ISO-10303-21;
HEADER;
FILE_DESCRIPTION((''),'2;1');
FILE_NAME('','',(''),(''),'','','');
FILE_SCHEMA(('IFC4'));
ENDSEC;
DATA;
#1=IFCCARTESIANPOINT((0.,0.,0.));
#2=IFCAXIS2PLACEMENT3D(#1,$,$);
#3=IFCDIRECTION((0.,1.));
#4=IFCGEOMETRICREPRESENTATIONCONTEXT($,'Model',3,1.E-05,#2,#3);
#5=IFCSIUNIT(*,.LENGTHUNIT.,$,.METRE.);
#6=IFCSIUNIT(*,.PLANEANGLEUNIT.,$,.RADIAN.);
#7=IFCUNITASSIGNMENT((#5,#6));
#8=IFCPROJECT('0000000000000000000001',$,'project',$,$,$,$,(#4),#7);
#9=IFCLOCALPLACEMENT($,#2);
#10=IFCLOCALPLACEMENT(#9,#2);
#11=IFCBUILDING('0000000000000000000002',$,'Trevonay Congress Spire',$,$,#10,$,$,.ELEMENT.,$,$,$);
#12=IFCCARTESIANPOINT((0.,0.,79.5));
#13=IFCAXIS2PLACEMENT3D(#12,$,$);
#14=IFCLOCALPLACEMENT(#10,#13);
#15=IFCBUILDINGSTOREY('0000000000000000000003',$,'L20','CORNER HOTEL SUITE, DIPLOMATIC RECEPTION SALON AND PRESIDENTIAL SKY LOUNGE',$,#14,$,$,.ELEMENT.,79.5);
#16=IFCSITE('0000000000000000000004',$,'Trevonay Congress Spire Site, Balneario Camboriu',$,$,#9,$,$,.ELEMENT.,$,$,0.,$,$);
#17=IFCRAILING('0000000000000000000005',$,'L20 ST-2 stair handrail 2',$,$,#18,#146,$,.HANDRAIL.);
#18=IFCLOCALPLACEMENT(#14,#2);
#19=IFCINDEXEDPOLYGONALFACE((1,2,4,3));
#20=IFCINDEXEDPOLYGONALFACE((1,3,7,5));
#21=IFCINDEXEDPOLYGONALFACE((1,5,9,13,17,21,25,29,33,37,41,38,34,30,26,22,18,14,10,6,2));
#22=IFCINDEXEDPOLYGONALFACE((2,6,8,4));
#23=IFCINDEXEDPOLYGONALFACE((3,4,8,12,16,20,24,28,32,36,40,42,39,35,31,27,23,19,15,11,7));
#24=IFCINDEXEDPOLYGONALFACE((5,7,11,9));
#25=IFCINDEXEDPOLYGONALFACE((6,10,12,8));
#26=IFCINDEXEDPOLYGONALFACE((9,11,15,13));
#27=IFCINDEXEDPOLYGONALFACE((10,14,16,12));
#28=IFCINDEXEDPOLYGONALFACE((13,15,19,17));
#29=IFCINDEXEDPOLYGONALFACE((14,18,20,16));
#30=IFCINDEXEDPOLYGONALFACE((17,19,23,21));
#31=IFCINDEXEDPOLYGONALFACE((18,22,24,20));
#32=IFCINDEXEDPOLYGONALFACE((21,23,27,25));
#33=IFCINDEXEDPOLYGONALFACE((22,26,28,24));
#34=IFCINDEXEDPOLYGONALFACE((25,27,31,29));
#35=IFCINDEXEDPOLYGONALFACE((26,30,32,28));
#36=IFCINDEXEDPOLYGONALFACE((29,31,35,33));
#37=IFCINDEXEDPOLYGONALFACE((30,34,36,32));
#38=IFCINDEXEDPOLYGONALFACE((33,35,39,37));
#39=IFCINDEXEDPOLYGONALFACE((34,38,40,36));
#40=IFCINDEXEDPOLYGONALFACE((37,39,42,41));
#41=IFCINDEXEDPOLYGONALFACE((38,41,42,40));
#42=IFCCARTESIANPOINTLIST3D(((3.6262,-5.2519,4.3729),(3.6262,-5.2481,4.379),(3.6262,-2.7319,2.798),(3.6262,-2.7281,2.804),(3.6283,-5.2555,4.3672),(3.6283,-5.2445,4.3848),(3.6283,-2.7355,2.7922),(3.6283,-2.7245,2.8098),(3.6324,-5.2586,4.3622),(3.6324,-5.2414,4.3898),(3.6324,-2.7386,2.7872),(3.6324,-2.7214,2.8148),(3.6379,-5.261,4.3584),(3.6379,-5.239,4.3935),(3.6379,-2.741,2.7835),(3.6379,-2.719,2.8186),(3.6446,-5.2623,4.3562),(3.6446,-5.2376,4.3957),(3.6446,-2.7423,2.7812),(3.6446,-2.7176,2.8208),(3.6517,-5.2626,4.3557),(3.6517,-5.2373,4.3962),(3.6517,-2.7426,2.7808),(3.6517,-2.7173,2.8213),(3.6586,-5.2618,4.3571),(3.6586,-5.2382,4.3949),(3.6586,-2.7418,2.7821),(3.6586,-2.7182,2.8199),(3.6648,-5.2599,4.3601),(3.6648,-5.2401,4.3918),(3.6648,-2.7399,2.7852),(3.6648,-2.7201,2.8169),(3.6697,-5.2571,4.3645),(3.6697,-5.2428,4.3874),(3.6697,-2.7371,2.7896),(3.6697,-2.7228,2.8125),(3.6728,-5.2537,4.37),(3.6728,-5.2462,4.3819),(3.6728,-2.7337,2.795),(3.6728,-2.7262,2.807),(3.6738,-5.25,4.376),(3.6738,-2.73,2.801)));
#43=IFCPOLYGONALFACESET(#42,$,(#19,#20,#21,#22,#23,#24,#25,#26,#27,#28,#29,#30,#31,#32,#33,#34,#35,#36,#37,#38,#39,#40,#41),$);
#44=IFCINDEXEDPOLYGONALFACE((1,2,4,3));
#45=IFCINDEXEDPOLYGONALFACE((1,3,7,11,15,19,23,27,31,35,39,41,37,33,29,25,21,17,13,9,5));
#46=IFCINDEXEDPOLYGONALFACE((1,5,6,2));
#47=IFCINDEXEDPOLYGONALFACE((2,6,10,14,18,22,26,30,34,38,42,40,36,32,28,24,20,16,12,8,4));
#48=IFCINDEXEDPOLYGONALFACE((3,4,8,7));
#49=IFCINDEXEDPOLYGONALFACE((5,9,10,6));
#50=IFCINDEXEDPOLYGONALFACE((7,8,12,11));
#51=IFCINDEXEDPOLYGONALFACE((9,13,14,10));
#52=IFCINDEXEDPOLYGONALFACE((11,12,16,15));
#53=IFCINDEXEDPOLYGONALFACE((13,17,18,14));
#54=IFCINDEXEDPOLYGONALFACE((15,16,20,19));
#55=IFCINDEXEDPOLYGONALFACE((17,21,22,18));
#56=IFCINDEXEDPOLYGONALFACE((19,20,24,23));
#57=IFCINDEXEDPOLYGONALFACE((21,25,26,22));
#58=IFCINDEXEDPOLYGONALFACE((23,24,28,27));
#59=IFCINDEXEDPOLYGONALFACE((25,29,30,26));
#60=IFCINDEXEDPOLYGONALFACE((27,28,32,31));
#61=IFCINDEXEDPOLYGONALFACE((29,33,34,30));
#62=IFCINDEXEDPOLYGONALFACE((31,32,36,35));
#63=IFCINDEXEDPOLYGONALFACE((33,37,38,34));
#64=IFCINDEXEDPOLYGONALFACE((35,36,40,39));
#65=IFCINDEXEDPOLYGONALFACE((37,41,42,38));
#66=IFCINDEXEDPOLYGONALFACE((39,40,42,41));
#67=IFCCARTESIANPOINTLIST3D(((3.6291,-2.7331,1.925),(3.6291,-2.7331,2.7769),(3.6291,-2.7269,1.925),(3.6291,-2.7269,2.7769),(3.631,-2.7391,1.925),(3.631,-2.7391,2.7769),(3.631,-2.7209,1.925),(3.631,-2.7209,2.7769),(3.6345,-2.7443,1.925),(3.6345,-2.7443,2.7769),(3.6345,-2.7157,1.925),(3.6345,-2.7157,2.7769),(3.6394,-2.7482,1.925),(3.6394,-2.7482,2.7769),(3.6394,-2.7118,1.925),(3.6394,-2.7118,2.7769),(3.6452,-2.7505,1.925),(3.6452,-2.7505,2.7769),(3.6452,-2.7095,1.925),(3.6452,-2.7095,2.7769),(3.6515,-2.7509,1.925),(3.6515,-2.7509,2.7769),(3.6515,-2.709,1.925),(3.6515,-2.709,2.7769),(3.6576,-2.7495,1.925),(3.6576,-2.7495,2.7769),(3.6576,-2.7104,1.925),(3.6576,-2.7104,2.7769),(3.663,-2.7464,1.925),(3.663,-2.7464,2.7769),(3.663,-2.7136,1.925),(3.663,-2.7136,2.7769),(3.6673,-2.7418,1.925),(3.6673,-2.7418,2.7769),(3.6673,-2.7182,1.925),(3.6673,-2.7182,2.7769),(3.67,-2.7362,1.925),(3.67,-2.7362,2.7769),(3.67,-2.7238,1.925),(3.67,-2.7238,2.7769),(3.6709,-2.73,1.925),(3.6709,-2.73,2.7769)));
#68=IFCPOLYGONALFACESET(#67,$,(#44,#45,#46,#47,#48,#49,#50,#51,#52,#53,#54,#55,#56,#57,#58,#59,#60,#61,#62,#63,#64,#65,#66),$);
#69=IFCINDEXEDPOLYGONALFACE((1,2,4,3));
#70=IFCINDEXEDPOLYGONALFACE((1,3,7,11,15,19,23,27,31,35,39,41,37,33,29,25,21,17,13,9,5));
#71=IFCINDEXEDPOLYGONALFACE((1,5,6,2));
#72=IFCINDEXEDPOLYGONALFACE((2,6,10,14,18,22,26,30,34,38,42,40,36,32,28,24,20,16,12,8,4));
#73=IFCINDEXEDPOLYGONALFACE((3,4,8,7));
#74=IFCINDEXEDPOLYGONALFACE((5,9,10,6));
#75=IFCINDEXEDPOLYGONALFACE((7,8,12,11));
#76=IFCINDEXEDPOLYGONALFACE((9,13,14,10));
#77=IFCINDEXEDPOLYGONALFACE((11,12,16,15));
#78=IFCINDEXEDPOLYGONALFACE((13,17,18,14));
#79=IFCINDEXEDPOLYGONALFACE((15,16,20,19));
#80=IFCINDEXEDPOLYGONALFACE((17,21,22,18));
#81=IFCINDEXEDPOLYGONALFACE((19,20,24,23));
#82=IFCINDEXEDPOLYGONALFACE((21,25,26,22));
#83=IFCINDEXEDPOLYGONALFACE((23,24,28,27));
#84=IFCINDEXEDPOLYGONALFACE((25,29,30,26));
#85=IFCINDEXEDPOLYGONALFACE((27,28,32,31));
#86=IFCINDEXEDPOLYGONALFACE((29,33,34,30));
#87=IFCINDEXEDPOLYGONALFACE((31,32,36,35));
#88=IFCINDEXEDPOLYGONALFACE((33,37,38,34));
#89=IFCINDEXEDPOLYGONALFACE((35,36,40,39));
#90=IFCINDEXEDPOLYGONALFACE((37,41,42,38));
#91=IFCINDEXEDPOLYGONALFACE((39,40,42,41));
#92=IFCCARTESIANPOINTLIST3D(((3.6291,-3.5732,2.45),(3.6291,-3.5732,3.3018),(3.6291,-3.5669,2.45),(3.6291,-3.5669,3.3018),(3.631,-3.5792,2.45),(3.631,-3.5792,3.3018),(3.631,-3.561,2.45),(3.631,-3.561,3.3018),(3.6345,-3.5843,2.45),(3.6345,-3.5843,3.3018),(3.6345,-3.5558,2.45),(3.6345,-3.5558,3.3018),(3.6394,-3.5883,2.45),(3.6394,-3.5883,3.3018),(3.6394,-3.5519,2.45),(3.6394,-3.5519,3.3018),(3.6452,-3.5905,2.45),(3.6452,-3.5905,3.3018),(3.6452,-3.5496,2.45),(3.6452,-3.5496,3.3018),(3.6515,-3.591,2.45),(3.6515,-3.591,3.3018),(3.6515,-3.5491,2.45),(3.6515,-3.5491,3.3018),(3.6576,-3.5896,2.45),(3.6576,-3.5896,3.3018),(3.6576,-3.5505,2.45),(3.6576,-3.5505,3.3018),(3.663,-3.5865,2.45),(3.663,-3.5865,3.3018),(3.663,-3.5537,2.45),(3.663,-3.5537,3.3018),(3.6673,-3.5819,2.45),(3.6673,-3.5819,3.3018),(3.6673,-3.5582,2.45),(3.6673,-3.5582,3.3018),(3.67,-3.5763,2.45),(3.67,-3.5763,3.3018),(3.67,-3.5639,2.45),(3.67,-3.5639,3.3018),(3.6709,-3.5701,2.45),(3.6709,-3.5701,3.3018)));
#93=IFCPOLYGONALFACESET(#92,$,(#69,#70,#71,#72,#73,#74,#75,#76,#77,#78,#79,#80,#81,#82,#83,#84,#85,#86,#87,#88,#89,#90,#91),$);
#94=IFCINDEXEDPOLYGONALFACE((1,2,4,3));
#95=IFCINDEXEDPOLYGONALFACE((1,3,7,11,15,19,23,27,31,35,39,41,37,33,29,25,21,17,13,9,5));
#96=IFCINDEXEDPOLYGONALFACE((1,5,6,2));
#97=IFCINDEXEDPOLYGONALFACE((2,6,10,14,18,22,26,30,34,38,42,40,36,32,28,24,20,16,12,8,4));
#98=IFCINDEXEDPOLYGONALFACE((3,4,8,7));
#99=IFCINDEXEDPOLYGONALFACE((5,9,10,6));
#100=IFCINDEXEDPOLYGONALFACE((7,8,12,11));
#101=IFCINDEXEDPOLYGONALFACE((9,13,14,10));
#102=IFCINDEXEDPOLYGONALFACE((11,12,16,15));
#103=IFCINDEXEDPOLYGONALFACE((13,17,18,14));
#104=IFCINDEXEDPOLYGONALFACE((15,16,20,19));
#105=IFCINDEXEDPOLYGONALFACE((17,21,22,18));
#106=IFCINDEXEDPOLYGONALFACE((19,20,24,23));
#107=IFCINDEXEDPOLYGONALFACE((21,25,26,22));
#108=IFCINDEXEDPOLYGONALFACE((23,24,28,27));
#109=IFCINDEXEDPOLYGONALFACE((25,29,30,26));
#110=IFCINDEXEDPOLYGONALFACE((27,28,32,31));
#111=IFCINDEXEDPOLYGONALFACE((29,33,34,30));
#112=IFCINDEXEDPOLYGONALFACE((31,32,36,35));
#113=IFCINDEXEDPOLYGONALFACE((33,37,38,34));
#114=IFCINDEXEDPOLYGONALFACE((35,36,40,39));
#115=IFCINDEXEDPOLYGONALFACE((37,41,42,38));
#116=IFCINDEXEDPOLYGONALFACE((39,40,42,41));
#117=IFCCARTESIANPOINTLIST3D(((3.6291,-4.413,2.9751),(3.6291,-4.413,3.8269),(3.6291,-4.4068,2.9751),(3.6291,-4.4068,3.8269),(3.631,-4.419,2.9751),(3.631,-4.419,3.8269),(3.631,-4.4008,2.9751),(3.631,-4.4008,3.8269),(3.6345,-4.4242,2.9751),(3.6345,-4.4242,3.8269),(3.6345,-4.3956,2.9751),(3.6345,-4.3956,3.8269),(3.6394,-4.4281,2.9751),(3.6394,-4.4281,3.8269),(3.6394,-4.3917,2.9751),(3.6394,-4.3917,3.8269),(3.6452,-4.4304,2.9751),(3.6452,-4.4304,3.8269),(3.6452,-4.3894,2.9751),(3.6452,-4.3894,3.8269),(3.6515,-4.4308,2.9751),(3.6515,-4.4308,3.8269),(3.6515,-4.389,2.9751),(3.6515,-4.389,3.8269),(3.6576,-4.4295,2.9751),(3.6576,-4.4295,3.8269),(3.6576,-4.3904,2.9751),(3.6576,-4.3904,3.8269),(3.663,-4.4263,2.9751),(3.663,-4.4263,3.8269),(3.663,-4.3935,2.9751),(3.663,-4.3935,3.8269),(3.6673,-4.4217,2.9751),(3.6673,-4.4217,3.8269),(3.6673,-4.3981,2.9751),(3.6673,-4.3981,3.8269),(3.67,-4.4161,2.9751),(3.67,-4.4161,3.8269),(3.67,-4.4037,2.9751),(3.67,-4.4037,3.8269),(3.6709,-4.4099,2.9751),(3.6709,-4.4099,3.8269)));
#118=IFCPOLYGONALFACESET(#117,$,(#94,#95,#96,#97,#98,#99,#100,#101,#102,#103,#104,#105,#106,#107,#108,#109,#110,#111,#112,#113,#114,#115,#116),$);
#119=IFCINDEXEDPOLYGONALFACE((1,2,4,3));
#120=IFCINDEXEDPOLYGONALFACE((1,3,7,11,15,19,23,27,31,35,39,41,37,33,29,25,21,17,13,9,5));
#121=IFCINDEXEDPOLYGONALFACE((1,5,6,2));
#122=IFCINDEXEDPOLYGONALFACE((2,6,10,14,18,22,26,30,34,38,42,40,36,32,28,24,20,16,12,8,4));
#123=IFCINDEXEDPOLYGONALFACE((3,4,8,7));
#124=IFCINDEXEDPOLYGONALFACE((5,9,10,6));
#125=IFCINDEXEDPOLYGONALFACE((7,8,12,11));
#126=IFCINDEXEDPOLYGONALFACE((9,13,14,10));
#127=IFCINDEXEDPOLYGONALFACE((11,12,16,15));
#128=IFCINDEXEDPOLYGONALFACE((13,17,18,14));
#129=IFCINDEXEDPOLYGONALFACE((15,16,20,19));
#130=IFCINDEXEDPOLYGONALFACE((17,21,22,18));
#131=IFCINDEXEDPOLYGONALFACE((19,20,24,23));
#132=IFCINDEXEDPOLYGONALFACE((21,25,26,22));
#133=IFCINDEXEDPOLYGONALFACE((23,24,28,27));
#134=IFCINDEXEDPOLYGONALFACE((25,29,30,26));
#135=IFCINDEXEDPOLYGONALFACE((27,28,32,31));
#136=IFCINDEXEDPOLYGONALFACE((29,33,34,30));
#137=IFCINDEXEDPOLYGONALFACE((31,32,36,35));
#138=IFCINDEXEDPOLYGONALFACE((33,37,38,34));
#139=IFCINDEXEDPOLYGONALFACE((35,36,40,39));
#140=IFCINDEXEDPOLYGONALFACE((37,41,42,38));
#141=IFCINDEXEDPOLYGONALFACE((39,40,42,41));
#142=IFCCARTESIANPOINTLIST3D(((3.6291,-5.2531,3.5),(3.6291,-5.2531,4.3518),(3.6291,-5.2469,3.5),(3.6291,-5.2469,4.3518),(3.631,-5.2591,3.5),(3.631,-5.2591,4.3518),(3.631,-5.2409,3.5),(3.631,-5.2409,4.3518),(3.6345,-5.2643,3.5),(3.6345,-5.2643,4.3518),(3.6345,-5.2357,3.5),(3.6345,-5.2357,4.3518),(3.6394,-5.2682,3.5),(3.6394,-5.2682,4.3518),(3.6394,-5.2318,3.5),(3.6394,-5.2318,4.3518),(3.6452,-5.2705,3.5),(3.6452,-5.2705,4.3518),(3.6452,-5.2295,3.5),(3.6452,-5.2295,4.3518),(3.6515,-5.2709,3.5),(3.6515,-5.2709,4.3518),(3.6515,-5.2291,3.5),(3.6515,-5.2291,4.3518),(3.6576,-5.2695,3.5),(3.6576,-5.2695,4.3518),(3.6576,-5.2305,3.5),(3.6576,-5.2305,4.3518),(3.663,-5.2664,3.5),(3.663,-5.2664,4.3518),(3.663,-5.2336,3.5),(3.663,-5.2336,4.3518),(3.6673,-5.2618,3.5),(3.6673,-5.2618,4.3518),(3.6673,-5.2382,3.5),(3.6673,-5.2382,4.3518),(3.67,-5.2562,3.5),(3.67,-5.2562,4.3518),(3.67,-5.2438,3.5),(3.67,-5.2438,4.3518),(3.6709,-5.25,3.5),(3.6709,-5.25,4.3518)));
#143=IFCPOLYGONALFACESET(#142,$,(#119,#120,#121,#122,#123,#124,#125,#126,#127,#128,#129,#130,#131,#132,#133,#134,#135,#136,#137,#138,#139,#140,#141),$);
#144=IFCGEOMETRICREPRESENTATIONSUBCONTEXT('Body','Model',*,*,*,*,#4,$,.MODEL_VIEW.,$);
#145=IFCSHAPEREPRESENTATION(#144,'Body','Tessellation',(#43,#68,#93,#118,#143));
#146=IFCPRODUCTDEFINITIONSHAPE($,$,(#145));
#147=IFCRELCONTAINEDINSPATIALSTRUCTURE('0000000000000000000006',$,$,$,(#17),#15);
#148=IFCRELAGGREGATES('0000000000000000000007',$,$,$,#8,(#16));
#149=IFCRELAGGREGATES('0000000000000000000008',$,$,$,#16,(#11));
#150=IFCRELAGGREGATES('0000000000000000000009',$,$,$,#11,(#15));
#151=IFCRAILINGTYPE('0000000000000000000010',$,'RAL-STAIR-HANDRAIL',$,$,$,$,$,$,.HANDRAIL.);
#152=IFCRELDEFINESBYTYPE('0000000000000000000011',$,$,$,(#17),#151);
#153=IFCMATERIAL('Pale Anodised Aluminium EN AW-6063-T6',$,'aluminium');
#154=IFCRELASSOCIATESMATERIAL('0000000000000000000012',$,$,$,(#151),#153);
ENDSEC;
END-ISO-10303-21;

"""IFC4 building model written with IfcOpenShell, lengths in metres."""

from ifc_helpers import new_model, si_unit, direction, frame, origin, origin_2d, place, context, subcontext, project, spatial, circle, extrude, material, type_object, element, save


model = new_model("IFC4")

# Units and contexts
model_context = context("Model", 3, precision=1e-05, world=origin(), true_north=direction((0.0, 1.0)))
body_context = subcontext(model_context, "Body", "Model", "MODEL_VIEW")
ifc_project = project(units=[si_unit("LENGTHUNIT", "METRE"), si_unit("PLANEANGLEUNIT", "RADIAN")], contexts=[model_context])

# Site, building, storey
site_placement = place(None, origin())
site = spatial("IfcSite", under=ifc_project, at=site_placement, Name="Trevonay Congress Spire Site, Balneario Camboriu", CompositionType="ELEMENT", RefElevation=0.0)
building_placement = place(site_placement, origin())
building = spatial("IfcBuilding", under=site, at=building_placement, Name="Trevonay Congress Spire", CompositionType="ELEMENT")
storey_placement = place(building_placement, frame((0.0, 0.0, 79.5)))
storey = spatial("IfcBuildingStorey", under=building, at=storey_placement, Name="L20", Description="CORNER HOTEL SUITE, DIPLOMATIC RECEPTION SALON AND PRESIDENTIAL SKY LOUNGE", CompositionType="ELEMENT", Elevation=79.5)

# Railing
ifc_material_1 = material(Name="Pale Anodised Aluminium EN AW-6063-T6", Category="aluminium")
railing_type_1 = type_object("IfcRailingType", Name="RAL-STAIR-HANDRAIL", PredefinedType="HANDRAIL", material=ifc_material_1)
railing_1_placement = place(storey_placement, frame((3.6499, -2.73, 1.925)))
element("IfcRailing", 1, at=railing_1_placement, inside=storey, type_object=railing_type_1, Name="L20 ST-2 stair handrail 2", PredefinedType="HANDRAIL", context=body_context, shape_type="SweptSolid", body=[
    extrude(circle(Radius=0.0239, at=origin_2d()), frame((0.0, 0.0, 0.876), z_axis=(0.0, -0.848008, 0.529984), x_axis=(1.0, 0.0, 0.0)), (0.0, 0.0, 1.0), 2.9717),
    extrude(circle(Radius=0.021, at=origin_2d()), origin(), (0.0, 0.0, 1.0), 0.8518),
    extrude(circle(Radius=0.021, at=origin_2d()), frame((0.0, -0.8401, 0.5249)), (0.0, 0.0, 1.0), 0.8518),
    extrude(circle(Radius=0.021, at=origin_2d()), frame((0.0, -1.6799, 1.05)), (0.0, 0.0, 1.0), 0.8518),
    extrude(circle(Radius=0.021, at=origin_2d()), frame((0.0, -2.52, 1.575)), (0.0, 0.0, 1.0), 0.8518),
])

save(model, "model.ifc")
